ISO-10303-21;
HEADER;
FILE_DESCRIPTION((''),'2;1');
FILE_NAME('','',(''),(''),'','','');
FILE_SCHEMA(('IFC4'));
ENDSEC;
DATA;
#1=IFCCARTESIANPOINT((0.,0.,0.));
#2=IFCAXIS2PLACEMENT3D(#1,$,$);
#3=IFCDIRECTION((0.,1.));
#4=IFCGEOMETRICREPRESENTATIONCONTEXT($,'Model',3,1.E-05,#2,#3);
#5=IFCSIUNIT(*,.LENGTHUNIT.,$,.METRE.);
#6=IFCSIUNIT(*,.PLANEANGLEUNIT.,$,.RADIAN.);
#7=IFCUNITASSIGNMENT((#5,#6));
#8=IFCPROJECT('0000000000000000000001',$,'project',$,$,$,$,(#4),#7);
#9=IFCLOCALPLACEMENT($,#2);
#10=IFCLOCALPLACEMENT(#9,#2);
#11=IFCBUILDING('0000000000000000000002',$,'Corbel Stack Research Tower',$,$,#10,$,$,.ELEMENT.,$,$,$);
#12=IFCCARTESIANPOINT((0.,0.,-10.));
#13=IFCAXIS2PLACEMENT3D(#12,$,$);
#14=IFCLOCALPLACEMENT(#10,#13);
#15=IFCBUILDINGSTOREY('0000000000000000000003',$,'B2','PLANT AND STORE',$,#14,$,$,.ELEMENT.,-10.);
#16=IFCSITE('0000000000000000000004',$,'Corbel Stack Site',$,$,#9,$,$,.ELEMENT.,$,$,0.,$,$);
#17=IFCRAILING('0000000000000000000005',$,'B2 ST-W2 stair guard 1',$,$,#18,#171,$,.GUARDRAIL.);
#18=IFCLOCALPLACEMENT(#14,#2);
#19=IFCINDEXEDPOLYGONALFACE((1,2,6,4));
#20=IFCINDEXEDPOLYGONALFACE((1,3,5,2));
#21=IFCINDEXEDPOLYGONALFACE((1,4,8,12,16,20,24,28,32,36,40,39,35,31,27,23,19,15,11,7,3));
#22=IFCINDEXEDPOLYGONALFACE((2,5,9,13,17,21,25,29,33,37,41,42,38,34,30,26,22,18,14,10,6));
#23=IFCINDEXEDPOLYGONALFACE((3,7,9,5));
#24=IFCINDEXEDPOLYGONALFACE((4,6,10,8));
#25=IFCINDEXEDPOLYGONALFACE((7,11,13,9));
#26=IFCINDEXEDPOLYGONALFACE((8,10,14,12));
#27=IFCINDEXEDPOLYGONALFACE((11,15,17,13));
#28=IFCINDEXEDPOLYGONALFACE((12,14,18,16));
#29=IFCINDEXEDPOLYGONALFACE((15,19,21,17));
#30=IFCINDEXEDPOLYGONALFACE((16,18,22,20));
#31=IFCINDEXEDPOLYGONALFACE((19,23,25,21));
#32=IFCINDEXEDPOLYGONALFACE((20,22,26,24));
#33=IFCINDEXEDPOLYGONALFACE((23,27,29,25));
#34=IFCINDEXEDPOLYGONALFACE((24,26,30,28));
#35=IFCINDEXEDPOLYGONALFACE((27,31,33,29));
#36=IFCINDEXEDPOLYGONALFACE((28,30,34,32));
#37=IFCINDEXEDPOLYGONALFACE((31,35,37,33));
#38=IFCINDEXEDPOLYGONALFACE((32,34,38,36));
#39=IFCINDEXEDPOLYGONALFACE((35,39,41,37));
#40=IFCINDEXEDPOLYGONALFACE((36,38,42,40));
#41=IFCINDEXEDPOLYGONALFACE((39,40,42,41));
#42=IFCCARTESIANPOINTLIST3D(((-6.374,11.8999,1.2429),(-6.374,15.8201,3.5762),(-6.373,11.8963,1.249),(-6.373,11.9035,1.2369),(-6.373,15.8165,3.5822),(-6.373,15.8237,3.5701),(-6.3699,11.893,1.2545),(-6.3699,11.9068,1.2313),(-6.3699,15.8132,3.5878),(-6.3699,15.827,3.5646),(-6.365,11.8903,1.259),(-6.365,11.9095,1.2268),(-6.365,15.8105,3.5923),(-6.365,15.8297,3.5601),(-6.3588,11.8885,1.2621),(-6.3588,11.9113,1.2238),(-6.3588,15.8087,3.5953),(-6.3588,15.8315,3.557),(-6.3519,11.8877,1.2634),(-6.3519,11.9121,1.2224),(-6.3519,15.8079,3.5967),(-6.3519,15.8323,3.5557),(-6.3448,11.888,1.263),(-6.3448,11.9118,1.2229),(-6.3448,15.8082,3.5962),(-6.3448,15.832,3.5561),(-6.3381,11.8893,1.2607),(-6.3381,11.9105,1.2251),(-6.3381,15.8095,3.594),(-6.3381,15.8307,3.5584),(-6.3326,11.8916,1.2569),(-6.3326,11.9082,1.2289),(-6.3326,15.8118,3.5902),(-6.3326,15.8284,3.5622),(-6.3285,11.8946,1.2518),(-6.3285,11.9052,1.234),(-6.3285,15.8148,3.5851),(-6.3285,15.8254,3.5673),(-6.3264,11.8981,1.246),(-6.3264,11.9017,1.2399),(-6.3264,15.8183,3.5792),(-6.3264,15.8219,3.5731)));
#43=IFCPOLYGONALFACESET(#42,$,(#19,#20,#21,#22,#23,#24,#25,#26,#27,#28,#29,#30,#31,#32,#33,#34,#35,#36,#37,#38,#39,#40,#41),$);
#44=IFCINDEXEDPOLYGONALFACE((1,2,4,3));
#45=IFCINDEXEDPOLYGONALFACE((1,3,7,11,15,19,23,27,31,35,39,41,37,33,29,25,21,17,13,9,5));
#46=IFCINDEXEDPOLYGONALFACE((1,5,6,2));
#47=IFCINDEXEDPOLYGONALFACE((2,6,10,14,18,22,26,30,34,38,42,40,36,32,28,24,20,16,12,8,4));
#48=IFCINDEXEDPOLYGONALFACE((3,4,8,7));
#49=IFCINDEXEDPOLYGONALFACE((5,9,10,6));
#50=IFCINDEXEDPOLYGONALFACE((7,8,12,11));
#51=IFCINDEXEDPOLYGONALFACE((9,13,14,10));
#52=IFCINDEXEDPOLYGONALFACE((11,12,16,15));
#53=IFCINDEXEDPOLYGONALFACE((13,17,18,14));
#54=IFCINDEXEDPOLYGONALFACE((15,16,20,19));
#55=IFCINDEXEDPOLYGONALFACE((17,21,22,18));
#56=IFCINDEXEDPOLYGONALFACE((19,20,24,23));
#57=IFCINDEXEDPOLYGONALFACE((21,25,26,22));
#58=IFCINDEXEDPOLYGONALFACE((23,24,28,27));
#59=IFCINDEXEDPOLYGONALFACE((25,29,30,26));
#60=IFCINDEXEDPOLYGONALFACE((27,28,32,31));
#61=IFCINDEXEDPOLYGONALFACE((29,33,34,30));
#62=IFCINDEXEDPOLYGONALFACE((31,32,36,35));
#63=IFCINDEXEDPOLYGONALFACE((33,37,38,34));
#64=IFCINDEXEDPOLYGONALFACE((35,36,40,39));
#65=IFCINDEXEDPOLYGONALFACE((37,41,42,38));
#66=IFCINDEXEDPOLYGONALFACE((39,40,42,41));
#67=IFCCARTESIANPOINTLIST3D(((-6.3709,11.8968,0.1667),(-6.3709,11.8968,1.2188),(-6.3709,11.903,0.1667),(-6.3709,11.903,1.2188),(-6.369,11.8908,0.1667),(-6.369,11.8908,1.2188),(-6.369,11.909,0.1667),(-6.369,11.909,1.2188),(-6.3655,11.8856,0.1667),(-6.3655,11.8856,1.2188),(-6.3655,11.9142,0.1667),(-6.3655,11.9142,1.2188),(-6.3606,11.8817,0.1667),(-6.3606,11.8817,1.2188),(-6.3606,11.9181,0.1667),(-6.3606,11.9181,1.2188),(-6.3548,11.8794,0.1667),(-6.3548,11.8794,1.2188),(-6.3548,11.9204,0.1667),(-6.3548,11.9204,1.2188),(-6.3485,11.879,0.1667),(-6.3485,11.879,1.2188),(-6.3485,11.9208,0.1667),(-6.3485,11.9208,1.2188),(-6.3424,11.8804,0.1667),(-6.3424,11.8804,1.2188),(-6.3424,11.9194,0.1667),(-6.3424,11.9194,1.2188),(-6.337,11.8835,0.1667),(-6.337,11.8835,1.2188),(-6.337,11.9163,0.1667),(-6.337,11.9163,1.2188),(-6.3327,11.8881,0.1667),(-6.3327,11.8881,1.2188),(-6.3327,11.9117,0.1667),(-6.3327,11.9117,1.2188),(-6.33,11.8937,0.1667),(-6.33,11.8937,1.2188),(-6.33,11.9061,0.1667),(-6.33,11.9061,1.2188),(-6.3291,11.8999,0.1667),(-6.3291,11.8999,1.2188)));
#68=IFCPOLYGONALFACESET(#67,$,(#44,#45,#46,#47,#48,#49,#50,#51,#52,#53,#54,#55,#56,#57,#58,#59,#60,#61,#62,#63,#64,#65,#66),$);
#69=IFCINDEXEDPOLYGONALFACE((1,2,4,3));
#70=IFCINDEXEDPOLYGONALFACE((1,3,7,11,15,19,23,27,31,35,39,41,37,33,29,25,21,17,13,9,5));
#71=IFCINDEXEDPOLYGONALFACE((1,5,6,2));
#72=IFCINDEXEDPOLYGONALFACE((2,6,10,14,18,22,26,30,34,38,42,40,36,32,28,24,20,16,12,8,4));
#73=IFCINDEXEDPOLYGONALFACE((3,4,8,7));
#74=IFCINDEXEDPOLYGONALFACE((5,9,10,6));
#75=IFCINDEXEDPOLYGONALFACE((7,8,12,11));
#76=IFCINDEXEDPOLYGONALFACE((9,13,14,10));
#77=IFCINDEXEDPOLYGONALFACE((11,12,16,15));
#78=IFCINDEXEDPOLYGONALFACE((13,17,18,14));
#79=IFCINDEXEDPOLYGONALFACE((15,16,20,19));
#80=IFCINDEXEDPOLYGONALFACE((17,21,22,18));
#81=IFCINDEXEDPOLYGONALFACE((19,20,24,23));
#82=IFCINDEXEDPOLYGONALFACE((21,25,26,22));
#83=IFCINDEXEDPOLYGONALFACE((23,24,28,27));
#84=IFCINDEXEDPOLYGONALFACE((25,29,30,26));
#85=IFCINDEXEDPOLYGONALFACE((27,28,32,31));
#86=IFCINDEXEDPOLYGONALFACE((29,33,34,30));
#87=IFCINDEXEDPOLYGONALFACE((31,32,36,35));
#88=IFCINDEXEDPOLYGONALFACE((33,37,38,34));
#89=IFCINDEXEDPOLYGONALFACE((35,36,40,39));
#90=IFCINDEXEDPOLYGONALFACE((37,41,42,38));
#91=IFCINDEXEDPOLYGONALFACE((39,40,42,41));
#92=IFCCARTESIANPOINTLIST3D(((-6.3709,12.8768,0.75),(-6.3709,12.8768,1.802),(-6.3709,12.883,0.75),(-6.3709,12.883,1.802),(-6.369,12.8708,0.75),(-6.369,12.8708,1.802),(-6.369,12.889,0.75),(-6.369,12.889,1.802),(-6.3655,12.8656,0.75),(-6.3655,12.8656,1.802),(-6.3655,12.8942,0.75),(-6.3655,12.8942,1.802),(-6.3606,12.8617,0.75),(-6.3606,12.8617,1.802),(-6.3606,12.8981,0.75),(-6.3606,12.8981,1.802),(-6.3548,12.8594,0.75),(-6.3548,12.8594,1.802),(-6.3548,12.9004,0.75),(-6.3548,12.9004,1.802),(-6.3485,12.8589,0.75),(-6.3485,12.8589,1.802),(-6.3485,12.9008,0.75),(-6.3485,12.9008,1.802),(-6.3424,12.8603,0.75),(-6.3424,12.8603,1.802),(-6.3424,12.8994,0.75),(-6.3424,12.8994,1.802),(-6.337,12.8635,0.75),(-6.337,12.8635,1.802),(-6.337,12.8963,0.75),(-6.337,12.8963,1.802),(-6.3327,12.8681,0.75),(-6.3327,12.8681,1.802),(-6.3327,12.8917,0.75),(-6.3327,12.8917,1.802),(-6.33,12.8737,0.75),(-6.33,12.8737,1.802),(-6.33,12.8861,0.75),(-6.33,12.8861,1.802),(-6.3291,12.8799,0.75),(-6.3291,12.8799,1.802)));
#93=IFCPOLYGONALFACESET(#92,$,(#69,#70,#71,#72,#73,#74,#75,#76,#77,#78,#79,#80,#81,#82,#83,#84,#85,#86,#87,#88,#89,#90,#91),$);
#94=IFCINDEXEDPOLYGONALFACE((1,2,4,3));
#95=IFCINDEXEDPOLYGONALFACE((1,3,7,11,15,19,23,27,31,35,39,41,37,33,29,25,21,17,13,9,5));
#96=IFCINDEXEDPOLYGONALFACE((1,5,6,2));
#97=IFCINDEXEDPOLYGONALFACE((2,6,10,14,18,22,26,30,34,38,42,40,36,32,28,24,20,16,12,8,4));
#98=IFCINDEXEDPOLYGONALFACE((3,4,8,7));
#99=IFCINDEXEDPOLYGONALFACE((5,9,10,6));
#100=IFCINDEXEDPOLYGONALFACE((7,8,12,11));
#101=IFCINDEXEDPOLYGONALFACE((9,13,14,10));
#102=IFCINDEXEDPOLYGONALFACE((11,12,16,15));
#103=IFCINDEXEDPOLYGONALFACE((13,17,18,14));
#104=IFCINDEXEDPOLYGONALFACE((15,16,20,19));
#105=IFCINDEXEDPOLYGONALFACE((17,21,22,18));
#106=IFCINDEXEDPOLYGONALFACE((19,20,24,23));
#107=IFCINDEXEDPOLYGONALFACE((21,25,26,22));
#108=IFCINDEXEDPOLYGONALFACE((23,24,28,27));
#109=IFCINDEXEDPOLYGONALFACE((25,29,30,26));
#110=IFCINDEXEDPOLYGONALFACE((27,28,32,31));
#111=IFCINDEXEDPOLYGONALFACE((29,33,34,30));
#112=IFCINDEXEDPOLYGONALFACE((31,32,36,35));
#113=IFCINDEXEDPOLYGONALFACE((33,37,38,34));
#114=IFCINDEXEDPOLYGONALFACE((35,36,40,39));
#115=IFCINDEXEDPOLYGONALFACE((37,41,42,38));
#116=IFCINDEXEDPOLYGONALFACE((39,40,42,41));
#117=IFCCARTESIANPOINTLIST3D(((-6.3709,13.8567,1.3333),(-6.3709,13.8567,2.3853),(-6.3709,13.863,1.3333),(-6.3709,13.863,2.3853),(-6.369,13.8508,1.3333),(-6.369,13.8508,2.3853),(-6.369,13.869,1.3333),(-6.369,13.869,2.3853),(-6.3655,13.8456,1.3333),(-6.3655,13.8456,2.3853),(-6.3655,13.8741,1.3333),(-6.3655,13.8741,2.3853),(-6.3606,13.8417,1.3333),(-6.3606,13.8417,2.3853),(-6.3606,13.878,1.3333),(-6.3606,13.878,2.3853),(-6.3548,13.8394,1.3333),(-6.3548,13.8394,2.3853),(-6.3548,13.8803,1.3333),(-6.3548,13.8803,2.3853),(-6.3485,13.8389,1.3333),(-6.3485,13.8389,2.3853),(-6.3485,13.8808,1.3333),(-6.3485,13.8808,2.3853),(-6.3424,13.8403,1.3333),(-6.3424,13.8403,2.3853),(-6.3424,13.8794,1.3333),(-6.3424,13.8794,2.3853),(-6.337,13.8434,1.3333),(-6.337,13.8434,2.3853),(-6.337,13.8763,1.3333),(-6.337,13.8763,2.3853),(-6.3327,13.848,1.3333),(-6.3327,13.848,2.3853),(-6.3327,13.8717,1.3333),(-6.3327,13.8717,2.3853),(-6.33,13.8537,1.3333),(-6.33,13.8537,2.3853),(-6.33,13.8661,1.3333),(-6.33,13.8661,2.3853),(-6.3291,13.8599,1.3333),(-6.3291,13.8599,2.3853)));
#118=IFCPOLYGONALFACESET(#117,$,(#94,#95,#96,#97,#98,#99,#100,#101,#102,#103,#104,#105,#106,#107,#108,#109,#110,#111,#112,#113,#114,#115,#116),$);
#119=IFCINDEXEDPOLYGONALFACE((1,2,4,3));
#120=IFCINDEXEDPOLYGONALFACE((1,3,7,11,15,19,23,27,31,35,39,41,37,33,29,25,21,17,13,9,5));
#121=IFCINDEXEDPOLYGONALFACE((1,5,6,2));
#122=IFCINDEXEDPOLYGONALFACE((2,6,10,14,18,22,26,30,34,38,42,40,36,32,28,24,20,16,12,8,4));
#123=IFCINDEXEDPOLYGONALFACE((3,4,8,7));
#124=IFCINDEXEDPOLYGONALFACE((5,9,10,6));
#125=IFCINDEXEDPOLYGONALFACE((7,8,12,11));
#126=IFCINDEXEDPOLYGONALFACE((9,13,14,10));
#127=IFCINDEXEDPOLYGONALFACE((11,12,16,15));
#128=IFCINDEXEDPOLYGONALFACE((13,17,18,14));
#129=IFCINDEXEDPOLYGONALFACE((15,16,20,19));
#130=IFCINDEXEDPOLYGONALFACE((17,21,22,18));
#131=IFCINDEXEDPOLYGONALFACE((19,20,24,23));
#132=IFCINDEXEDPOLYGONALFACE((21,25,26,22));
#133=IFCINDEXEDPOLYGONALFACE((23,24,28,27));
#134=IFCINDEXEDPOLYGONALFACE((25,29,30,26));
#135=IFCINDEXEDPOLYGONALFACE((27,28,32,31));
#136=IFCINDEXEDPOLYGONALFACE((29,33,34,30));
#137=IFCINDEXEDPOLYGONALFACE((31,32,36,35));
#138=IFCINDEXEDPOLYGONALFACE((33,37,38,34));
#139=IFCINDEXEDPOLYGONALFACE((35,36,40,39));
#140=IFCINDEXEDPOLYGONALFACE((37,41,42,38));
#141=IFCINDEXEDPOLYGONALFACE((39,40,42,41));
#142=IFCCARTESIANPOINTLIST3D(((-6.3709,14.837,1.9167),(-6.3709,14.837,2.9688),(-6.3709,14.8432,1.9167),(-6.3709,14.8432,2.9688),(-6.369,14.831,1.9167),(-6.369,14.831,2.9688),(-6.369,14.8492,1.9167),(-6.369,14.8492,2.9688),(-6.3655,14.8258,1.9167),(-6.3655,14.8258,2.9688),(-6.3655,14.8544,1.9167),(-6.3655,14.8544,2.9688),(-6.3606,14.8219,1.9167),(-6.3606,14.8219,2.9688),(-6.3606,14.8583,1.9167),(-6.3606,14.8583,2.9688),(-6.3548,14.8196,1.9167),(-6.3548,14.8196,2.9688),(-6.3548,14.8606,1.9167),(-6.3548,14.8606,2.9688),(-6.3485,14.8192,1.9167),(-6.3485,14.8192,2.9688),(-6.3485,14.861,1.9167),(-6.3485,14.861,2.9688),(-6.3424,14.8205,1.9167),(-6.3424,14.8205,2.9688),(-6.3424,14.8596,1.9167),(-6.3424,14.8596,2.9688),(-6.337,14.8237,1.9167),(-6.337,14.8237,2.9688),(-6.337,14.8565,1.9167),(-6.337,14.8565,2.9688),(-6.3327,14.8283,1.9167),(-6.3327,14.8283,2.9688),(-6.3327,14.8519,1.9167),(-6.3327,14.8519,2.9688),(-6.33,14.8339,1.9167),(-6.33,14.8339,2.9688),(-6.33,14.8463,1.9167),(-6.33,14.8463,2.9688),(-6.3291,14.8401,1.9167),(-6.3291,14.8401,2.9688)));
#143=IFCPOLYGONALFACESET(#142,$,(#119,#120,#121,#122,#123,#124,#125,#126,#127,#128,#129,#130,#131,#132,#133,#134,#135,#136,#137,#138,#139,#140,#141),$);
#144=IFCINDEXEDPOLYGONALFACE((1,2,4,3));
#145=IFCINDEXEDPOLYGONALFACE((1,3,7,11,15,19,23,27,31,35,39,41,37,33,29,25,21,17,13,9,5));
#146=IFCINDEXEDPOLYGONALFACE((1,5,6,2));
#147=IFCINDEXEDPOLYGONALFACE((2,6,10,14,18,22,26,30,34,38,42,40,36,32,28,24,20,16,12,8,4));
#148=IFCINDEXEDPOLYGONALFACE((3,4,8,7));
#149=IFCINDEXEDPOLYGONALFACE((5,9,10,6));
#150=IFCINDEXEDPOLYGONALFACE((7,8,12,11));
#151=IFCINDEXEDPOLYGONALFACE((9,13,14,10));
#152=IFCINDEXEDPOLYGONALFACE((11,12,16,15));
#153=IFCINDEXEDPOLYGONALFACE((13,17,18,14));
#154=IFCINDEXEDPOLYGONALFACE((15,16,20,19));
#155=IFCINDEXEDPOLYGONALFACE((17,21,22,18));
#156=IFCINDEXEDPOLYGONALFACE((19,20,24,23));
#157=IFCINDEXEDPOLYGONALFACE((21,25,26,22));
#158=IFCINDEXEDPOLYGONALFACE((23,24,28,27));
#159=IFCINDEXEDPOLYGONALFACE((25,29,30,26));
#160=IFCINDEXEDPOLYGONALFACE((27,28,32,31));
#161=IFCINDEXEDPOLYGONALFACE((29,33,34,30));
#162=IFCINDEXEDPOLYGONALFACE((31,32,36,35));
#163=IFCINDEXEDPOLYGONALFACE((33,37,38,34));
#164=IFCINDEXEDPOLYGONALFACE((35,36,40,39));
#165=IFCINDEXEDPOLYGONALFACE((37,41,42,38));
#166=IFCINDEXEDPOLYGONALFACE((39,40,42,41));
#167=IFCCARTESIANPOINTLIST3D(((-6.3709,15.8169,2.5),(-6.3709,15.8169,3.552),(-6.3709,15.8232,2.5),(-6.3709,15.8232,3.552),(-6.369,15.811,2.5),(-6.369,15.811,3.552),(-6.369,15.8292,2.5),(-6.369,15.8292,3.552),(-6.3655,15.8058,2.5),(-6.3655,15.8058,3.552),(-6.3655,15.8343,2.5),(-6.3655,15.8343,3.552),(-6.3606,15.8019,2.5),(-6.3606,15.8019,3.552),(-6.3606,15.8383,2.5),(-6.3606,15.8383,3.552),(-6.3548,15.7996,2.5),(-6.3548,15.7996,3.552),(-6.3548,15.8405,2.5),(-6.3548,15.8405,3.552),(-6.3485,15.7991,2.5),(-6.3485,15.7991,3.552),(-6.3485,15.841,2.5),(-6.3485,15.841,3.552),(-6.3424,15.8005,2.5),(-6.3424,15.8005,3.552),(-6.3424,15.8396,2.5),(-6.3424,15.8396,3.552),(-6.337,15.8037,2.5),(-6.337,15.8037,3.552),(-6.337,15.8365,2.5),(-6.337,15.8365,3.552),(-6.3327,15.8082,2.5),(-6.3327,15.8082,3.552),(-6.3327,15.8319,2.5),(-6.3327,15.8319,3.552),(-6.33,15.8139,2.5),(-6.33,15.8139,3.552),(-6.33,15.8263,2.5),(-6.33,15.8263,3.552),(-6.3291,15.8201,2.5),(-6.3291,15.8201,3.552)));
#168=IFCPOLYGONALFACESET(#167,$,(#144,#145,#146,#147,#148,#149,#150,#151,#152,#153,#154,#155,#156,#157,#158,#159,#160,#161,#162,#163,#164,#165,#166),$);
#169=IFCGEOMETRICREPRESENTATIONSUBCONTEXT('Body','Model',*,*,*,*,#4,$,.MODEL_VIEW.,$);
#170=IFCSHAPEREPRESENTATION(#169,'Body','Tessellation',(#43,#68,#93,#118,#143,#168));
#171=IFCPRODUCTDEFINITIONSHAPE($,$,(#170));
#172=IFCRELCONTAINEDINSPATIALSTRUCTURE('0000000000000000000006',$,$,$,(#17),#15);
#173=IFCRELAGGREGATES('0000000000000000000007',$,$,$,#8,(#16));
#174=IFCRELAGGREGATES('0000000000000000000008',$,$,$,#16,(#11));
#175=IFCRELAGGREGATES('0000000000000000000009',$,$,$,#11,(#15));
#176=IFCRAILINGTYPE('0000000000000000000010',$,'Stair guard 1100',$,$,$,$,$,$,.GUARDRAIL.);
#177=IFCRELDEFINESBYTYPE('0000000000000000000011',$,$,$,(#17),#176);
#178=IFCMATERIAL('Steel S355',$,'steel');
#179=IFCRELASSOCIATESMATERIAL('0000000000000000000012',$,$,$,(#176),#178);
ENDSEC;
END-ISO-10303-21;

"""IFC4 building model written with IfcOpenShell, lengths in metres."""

from ifc_helpers import new_model, si_unit, direction, frame, origin, origin_2d, place, context, subcontext, project, spatial, circle, extrude, material, type_object, element, save


model = new_model("IFC4")

# Units and contexts
model_context = context("Model", 3, precision=1e-05, world=origin(), true_north=direction((0.0, 1.0)))
body_context = subcontext(model_context, "Body", "Model", "MODEL_VIEW")
ifc_project = project(units=[si_unit("LENGTHUNIT", "METRE"), si_unit("PLANEANGLEUNIT", "RADIAN")], contexts=[model_context])

# Site, building, storey
site_placement = place(None, origin())
site = spatial("IfcSite", under=ifc_project, at=site_placement, Name="Corbel Stack Site", CompositionType="ELEMENT", RefElevation=0.0)
building_placement = place(site_placement, origin())
building = spatial("IfcBuilding", under=site, at=building_placement, Name="Corbel Stack Research Tower", CompositionType="ELEMENT")
storey_placement = place(building_placement, frame((0.0, 0.0, -10.0)))
storey = spatial("IfcBuildingStorey", under=building, at=storey_placement, Name="B2", Description="PLANT AND STORE", CompositionType="ELEMENT", Elevation=-10.0)

# Railing
ifc_material_1 = material(Name="Steel S355", Category="steel")
railing_type_1 = type_object("IfcRailingType", Name="Stair guard 1100", PredefinedType="GUARDRAIL", material=ifc_material_1)
railing_1_placement = place(storey_placement, frame((-6.3501, 11.8999, 0.1667)))
element("IfcRailing", 1, at=railing_1_placement, inside=storey, type_object=railing_type_1, Name="B2 ST-W2 stair guard 1", PredefinedType="GUARDRAIL", context=body_context, shape_type="SweptSolid", body=[
    extrude(circle(Radius=0.0239, at=origin_2d()), frame((0.0, 0.0, 1.0762), z_axis=(0.0, 0.85931, 0.511455), x_axis=(-1.0, 0.0, 0.0)), (0.0, 0.0, 1.0), 4.562),
    extrude(circle(Radius=0.021, at=origin_2d()), origin(), (0.0, 0.0, 1.0), 1.052),
    extrude(circle(Radius=0.021, at=origin_2d()), frame((0.0, 0.98, 0.5833)), (0.0, 0.0, 1.0), 1.052),
    extrude(circle(Radius=0.021, at=origin_2d()), frame((0.0, 1.96, 1.1665)), (0.0, 0.0, 1.0), 1.052),
    extrude(circle(Radius=0.021, at=origin_2d()), frame((0.0, 2.9402, 1.75)), (0.0, 0.0, 1.0), 1.052),
    extrude(circle(Radius=0.021, at=origin_2d()), frame((0.0, 3.9202, 2.3333)), (0.0, 0.0, 1.0), 1.052),
])

save(model, "model.ifc")
